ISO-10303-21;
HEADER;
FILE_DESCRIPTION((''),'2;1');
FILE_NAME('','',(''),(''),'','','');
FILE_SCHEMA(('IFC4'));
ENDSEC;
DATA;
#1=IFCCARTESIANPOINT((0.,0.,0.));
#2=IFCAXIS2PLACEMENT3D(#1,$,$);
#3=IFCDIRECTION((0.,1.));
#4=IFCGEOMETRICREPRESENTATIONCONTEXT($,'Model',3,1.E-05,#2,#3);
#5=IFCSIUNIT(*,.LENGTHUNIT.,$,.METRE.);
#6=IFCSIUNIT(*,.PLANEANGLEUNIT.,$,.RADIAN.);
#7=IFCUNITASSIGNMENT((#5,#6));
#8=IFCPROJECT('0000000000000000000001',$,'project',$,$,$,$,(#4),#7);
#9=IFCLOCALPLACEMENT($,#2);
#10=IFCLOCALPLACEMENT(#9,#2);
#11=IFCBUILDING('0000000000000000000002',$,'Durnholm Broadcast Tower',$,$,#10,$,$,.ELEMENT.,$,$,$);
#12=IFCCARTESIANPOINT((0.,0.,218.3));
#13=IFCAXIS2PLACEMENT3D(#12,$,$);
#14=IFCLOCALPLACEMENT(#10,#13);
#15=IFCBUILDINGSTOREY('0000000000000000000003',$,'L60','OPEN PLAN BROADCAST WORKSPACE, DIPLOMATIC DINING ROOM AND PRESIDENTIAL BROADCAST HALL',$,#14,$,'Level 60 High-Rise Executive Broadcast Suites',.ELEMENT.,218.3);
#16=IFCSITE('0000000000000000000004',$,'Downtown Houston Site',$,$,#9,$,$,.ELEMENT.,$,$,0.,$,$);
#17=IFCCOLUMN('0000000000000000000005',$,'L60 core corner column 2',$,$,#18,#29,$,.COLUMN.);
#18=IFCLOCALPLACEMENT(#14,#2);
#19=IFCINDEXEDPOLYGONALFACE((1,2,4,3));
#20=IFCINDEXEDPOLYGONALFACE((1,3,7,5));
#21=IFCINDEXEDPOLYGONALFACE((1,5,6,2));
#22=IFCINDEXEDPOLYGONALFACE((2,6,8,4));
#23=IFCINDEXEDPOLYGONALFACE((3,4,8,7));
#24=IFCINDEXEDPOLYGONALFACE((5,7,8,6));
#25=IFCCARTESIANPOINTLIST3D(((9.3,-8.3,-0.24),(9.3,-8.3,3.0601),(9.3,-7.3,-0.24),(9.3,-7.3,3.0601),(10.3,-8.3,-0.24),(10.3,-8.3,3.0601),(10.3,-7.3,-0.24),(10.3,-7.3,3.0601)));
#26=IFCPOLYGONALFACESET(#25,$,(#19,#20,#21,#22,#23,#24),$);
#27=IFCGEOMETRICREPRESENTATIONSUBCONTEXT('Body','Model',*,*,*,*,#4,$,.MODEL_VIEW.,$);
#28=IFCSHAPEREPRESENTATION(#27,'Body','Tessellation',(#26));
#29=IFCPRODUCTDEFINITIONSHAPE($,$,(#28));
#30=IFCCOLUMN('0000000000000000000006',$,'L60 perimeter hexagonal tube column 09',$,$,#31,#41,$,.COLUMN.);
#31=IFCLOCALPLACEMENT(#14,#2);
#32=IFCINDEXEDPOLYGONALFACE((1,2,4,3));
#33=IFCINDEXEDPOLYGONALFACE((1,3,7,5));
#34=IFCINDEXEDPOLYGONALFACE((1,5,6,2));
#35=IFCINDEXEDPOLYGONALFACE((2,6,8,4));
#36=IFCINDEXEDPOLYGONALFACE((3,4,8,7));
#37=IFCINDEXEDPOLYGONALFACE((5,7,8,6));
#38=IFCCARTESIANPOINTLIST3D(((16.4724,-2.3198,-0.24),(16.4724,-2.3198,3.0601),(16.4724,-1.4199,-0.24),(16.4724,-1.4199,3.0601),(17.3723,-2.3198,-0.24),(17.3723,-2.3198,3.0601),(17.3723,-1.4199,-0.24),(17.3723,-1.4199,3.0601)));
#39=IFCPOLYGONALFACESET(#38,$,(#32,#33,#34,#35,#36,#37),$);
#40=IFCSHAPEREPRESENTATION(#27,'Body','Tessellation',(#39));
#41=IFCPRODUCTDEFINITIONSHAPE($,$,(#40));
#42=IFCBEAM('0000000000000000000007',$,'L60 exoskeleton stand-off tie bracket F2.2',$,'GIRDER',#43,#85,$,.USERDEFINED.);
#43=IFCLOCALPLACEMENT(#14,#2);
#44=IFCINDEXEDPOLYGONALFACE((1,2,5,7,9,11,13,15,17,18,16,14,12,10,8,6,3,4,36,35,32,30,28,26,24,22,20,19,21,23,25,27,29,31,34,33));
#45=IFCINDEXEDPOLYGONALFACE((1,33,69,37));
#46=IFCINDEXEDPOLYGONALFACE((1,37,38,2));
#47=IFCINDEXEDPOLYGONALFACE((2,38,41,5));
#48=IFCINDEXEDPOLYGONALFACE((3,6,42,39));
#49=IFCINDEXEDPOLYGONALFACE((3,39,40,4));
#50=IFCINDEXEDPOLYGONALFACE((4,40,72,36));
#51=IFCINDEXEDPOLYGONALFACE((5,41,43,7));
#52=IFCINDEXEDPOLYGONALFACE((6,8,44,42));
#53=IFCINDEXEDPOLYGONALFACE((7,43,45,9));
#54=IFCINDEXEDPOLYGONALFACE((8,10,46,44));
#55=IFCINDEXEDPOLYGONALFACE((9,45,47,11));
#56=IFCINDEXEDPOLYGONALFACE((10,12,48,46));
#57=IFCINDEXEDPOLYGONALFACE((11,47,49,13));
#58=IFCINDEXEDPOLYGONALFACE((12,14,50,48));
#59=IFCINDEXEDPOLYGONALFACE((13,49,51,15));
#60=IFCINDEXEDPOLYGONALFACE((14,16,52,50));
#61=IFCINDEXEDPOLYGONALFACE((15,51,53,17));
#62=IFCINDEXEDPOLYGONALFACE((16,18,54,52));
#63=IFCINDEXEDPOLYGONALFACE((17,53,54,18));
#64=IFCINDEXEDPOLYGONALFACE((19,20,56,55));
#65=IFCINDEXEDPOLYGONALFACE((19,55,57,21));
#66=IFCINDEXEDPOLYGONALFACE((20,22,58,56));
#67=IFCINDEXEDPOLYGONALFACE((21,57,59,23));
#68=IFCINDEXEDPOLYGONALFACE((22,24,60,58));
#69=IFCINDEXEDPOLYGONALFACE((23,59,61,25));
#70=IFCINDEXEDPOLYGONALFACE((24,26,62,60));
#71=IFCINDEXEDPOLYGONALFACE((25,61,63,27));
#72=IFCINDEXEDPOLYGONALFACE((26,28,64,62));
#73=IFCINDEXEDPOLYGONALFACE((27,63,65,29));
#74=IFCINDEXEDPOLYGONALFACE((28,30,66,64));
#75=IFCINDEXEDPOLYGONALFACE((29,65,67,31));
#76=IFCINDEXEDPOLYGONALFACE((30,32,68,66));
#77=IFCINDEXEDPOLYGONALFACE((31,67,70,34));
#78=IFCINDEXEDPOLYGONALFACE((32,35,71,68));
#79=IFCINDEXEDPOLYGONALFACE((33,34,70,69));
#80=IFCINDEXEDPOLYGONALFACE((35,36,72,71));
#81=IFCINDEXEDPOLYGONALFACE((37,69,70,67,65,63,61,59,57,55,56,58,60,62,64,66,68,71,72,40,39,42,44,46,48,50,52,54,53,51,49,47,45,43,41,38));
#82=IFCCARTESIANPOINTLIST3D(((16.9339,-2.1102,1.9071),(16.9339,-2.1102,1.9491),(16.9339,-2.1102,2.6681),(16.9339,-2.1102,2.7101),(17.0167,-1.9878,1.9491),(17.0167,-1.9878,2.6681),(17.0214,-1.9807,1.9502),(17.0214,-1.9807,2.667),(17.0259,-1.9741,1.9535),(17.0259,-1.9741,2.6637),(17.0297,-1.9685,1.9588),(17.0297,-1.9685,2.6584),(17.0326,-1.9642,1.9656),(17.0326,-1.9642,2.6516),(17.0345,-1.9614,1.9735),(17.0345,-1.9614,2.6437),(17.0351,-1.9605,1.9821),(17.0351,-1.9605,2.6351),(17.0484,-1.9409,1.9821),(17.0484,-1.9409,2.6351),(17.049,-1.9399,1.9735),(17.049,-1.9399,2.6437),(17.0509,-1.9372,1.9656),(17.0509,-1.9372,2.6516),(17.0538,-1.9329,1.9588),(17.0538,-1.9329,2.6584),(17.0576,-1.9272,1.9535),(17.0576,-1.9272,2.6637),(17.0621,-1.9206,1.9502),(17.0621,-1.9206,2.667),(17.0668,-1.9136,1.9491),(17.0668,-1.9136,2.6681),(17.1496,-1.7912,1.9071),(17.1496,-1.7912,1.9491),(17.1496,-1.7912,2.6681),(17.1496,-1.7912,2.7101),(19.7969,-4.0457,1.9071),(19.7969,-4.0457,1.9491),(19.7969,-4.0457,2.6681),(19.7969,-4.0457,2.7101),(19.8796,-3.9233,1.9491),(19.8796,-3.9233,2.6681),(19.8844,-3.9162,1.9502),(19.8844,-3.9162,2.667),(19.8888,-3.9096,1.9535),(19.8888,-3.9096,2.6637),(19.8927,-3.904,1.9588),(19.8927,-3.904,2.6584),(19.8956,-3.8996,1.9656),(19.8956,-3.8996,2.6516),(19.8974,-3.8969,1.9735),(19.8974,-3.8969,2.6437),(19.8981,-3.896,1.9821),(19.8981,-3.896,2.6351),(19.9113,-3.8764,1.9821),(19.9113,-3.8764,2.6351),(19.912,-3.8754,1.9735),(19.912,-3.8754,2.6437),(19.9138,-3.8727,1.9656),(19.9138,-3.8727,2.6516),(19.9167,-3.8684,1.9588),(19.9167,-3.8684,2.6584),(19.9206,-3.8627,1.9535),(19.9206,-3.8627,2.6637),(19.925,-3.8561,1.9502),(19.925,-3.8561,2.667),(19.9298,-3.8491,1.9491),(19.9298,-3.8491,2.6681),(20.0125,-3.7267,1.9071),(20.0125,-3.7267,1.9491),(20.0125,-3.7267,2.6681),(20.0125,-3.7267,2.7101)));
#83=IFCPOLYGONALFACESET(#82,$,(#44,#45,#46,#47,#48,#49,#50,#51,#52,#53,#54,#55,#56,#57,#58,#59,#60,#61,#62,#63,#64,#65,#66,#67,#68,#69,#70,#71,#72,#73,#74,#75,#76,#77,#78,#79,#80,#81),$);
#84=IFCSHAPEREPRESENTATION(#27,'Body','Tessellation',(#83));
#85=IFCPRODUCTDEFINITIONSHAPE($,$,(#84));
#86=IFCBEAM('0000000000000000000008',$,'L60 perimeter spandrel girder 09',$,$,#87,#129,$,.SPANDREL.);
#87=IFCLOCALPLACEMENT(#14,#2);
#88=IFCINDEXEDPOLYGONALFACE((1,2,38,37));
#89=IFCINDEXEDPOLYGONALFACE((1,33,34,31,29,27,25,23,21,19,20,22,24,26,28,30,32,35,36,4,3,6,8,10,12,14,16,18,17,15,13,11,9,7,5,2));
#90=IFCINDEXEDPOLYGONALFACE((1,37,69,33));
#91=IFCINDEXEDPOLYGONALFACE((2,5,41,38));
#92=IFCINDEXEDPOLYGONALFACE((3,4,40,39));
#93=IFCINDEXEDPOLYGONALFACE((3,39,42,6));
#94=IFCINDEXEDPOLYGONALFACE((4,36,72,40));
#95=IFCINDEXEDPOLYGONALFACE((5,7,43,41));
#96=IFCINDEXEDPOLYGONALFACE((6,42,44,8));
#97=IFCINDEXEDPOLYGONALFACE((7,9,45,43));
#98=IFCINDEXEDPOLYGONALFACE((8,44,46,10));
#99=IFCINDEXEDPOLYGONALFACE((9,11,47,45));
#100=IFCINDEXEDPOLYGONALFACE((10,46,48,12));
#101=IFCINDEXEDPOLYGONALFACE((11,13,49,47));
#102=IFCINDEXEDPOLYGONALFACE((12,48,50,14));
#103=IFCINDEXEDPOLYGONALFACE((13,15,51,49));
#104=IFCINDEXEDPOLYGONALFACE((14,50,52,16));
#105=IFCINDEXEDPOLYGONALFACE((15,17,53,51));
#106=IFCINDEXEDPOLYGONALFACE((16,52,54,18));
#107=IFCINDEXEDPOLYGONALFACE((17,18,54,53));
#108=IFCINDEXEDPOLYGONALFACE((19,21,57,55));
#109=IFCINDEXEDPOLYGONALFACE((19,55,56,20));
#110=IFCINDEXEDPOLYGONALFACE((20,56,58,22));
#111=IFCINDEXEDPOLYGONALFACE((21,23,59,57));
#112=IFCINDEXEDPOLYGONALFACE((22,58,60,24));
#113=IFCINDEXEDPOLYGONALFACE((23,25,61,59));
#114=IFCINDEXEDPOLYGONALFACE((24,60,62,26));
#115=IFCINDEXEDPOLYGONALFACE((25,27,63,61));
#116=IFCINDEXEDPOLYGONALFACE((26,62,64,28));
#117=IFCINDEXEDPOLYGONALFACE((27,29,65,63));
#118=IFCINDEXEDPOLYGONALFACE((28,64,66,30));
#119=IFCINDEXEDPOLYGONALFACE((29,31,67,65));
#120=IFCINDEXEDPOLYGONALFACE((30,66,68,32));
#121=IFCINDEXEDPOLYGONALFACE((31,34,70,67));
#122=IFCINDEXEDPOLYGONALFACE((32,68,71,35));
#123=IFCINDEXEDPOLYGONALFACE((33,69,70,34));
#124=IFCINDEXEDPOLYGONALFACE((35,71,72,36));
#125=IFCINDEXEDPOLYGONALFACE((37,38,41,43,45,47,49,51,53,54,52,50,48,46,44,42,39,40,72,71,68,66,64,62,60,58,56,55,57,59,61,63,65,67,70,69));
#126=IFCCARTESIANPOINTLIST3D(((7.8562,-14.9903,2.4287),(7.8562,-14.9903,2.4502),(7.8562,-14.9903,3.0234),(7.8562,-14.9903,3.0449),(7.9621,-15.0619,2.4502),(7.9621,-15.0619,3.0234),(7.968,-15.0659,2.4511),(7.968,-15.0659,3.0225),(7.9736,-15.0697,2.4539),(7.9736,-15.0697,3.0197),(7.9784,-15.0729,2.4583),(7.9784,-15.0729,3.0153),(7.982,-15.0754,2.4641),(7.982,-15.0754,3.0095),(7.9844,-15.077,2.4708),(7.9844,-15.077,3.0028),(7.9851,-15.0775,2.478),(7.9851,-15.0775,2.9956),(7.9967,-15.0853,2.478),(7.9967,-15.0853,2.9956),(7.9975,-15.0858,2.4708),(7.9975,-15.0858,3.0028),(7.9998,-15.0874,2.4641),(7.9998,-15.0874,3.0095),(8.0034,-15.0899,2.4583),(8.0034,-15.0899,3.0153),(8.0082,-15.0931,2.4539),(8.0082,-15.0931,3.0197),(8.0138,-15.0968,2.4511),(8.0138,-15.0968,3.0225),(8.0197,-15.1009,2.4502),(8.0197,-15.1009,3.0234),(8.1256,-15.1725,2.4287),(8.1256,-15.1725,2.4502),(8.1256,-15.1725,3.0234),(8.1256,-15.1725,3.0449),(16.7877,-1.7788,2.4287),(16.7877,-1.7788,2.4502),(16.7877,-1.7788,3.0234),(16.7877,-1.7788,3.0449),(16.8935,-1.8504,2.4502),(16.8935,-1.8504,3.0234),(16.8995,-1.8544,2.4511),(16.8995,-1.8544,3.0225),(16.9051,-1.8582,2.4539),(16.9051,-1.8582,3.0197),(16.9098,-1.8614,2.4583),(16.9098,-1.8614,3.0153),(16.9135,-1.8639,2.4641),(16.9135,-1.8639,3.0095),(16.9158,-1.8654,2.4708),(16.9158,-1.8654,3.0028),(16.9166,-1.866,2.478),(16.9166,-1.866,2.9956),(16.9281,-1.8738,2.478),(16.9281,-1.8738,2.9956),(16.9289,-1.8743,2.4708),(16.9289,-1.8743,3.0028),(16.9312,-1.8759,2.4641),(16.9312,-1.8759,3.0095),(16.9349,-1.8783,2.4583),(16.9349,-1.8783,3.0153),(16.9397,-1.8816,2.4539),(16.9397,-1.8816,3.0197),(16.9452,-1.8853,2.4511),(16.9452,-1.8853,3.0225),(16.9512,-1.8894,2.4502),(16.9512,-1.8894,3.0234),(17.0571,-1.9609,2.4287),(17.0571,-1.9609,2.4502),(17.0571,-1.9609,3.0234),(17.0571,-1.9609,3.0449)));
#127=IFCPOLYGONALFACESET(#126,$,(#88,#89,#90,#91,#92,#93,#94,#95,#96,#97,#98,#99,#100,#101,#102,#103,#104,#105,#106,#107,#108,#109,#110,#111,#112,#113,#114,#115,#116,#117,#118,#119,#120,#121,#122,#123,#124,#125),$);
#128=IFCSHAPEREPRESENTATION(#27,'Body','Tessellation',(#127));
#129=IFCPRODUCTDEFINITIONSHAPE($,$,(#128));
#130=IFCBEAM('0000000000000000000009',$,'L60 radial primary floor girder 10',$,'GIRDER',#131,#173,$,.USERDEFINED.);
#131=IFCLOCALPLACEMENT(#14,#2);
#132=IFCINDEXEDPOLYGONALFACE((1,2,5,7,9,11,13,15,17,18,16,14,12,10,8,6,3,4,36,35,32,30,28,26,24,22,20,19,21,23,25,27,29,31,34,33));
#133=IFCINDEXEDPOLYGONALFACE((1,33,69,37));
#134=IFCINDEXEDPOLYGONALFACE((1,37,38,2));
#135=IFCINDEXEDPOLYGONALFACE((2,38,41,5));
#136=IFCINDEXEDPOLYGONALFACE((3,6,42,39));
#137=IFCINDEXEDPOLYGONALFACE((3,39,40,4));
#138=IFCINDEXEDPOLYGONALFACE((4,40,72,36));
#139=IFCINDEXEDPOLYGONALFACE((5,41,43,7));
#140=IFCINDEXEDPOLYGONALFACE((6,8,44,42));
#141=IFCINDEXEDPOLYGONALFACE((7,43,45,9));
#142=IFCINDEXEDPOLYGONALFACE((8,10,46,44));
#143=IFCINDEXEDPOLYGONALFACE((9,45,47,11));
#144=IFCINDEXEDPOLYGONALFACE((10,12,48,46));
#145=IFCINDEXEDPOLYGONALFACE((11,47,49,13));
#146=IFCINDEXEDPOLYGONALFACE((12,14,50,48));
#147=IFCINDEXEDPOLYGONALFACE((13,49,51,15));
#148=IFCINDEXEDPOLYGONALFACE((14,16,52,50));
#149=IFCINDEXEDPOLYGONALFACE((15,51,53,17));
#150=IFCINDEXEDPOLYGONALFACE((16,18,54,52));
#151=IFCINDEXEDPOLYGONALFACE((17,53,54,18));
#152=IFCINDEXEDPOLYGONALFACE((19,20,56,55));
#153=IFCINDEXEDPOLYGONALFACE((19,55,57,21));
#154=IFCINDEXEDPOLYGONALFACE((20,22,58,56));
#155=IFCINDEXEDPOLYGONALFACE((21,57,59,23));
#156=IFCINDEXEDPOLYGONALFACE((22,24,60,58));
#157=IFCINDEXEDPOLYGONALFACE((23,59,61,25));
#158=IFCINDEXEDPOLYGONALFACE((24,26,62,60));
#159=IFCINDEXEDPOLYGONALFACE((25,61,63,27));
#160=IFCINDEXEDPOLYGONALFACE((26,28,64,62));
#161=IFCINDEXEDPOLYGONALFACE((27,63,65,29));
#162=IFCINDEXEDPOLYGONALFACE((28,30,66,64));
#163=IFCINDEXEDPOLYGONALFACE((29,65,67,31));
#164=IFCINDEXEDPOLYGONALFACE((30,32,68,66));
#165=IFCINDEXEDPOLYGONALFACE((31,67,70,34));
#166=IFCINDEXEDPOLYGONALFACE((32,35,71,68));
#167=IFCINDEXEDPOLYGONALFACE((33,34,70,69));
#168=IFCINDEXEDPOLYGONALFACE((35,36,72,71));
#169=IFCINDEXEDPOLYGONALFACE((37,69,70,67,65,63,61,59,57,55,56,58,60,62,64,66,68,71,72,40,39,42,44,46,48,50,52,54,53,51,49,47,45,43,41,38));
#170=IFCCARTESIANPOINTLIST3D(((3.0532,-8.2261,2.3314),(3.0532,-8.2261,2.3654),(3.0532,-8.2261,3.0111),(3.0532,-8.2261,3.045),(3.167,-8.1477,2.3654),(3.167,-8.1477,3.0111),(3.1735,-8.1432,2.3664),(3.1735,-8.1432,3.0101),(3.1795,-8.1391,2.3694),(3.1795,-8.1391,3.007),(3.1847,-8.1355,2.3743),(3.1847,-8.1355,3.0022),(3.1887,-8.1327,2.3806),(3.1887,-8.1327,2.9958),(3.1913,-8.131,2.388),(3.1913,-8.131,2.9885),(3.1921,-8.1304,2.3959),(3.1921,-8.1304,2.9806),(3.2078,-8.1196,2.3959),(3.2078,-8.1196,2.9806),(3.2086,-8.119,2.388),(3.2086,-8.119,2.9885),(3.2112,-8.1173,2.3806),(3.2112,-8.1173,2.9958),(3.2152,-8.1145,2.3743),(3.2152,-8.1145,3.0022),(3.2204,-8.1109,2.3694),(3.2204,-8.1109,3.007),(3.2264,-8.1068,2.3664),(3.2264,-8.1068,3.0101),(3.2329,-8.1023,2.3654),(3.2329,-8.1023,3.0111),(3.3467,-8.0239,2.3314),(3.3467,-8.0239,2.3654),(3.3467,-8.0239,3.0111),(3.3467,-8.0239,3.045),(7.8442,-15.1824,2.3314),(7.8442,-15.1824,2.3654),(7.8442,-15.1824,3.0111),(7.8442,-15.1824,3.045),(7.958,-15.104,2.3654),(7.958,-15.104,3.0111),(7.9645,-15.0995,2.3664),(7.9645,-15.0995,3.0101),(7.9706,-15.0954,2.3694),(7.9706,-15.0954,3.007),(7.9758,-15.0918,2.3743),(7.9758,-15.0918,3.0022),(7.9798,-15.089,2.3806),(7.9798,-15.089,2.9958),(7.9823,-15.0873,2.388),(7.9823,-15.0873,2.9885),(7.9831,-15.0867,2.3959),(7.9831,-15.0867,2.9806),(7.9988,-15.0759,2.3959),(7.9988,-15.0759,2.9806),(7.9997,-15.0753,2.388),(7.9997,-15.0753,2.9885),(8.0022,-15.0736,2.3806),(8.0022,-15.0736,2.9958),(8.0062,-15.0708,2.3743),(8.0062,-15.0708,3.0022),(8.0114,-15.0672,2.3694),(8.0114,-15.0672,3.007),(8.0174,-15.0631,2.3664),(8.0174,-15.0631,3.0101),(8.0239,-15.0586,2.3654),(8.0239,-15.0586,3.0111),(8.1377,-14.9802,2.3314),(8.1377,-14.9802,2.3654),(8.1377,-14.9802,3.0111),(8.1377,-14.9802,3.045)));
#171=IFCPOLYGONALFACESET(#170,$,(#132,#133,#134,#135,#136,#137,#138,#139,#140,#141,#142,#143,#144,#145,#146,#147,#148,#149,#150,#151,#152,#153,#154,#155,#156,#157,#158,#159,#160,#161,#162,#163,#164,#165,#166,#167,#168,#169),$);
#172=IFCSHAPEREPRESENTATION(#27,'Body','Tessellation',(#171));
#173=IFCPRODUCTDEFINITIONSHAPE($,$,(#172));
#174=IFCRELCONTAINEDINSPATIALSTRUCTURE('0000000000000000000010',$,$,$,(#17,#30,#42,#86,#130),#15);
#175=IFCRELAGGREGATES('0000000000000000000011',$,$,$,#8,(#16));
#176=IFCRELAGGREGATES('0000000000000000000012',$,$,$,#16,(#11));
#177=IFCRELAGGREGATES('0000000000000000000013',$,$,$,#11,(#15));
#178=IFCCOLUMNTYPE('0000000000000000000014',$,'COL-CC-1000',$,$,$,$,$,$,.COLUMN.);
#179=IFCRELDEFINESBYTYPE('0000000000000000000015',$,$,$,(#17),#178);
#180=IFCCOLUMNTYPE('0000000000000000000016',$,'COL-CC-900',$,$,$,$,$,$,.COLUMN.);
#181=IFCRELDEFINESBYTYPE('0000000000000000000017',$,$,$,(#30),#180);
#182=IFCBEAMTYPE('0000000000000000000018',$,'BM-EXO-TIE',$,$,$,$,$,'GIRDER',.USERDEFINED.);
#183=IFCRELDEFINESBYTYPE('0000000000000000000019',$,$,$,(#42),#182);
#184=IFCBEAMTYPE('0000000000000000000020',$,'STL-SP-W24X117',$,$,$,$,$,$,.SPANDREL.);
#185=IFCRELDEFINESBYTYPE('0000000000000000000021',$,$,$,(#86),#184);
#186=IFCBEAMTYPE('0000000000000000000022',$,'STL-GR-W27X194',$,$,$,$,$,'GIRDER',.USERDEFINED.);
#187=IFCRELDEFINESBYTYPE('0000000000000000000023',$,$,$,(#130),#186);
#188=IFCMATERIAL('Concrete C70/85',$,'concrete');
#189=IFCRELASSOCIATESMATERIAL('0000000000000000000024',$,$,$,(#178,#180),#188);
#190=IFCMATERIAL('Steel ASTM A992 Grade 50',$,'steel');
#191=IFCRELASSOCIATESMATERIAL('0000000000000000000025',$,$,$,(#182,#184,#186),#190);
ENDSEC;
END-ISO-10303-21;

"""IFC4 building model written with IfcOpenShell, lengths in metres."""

from ifc_helpers import new_model, si_unit, direction, frame, origin, origin_2d, place, context, subcontext, project, spatial, rectangle, i_section, extrude, source, transform, mapped, material, material_profile, profile_set, type_object, type_shapes, element, save


model = new_model("IFC4")

# Units and contexts
model_context = context("Model", 3, precision=1e-05, world=origin(), true_north=direction((0.0, 1.0)))
body_context = subcontext(model_context, "Body", "Model", "MODEL_VIEW")
ifc_project = project(units=[si_unit("LENGTHUNIT", "METRE"), si_unit("PLANEANGLEUNIT", "RADIAN")], contexts=[model_context])

# Site, building, storey
site_placement = place(None, origin())
site = spatial("IfcSite", under=ifc_project, at=site_placement, Name="Downtown Houston Site", CompositionType="ELEMENT", RefElevation=0.0)
building_placement = place(site_placement, origin())
building = spatial("IfcBuilding", under=site, at=building_placement, Name="Durnholm Broadcast Tower", CompositionType="ELEMENT")
storey_placement = place(building_placement, frame((0.0, 0.0, 218.3)))
storey = spatial("IfcBuildingStorey", under=building, at=storey_placement, Name="L60", Description="OPEN PLAN BROADCAST WORKSPACE, DIPLOMATIC DINING ROOM AND PRESIDENTIAL BROADCAST HALL", LongName="Level 60 High-Rise Executive Broadcast Suites", CompositionType="ELEMENT", Elevation=218.3)

# Columns
ifc_material_1 = material(Name="Concrete C70/85", Category="concrete")
ifc_material_profile_1 = material_profile(ifc_material_1, rectangle(XDim=1.0, YDim=1.0, at=origin_2d()), Name="RC1000X1000")
ifc_profile_set_1 = profile_set([ifc_material_profile_1], Name="Concrete C70/85")
column_type_1 = type_object("IfcColumnType", Name="COL-CC-1000", PredefinedType="COLUMN", material=ifc_profile_set_1)
shared_shape_1 = source(origin(), body_context, "Body", "SweptSolid", [
    extrude(rectangle(XDim=1.0, YDim=1.0, at=origin_2d()), origin(), (0.0, 0.0, 1.0), 3.3),
])
type_shapes(column_type_1, [shared_shape_1])
column_1_placement = place(storey_placement, frame((9.8, -7.8, -0.24), z_axis=(0.0, 0.0, 1.0), x_axis=(1.0, 0.0, 0.0)))
element("IfcColumn", 1, at=column_1_placement, inside=storey, type_object=column_type_1, Name="L60 core corner column 2", PredefinedType="COLUMN", context=body_context, shape_type="MappedRepresentation", body=[
    mapped(shared_shape_1, transform((0.0, 0.0, 0.0), x_axis=(1.0, 0.0, 0.0), y_axis=(0.0, 1.0, 0.0), z_axis=(0.0, 0.0, 1.0), scale=1.0)),
])
ifc_material_profile_2 = material_profile(ifc_material_1, rectangle(XDim=0.8999, YDim=0.8999, at=origin_2d()), Name="RC900X900")
ifc_profile_set_2 = profile_set([ifc_material_profile_2], Name="Concrete C70/85")
column_type_2 = type_object("IfcColumnType", Name="COL-CC-900", PredefinedType="COLUMN", material=ifc_profile_set_2)
shared_shape_2 = source(origin(), body_context, "Body", "SweptSolid", [
    extrude(rectangle(XDim=0.8999, YDim=0.8999, at=origin_2d()), origin(), (0.0, 0.0, 1.0), 3.3),
])
type_shapes(column_type_2, [shared_shape_2])
column_2_placement = place(storey_placement, frame((16.9224, -1.8699, -0.24), z_axis=(0.0, 0.0, 1.0), x_axis=(1.0, 0.0, 0.0)))
element("IfcColumn", 2, at=column_2_placement, inside=storey, type_object=column_type_2, Name="L60 perimeter hexagonal tube column 09", PredefinedType="COLUMN", context=body_context, shape_type="MappedRepresentation", body=[
    mapped(shared_shape_2, transform((0.0, 0.0, 0.0), x_axis=(1.0, 0.0, 0.0), y_axis=(0.0, 1.0, 0.0), z_axis=(0.0, 0.0, 1.0), scale=1.0)),
])

# Beams
ifc_material_2 = material(Name="Steel ASTM A992 Grade 50", Category="steel")
ifc_material_profile_3 = material_profile(ifc_material_2, i_section(OverallWidth=0.385, OverallDepth=0.803, WebThickness=0.0237, FlangeThickness=0.042, FilletRadius=0.033, at=origin_2d()), Name="W30X261")
ifc_profile_set_3 = profile_set([ifc_material_profile_3], Name="Steel ASTM A992 Grade 50")
beam_type_1 = type_object("IfcBeamType", Name="BM-EXO-TIE", ElementType="GIRDER", PredefinedType="USERDEFINED", material=ifc_profile_set_3)
shared_shape_3 = source(origin(), body_context, "Body", "SweptSolid", [
    extrude(i_section(OverallWidth=0.385, OverallDepth=0.803, WebThickness=0.0237, FlangeThickness=0.042, FilletRadius=0.033, at=origin_2d()), origin(), (0.0, 0.0, 1.0), 3.4558),
])
type_shapes(beam_type_1, [shared_shape_3])
beam_1_placement = place(storey_placement, frame((17.0417, -1.9507, 2.3086), z_axis=(0.828446, -0.560068, 0.0), x_axis=(0.560068, 0.828446, 0.0)))
element("IfcBeam", 3, at=beam_1_placement, inside=storey, type_object=beam_type_1, Name="L60 exoskeleton stand-off tie bracket F2.2", ObjectType="GIRDER", PredefinedType="USERDEFINED", context=body_context, shape_type="MappedRepresentation", body=[
    mapped(shared_shape_3, transform((0.0, 0.0, 0.0), x_axis=(1.0, 0.0, 0.0), y_axis=(0.0, 1.0, 0.0), z_axis=(0.0, 0.0, 1.0), scale=1.0)),
])
ifc_material_profile_4 = material_profile(ifc_material_2, i_section(OverallWidth=0.3252, OverallDepth=0.6162, WebThickness=0.0139, FlangeThickness=0.0215, FilletRadius=0.0278, at=origin_2d()), Name="W24X117")
ifc_profile_set_4 = profile_set([ifc_material_profile_4], Name="Steel ASTM A992 Grade 50")
beam_type_2 = type_object("IfcBeamType", Name="STL-SP-W24X117", PredefinedType="SPANDREL", material=ifc_profile_set_4)
shared_shape_4 = source(origin(), body_context, "Body", "SweptSolid", [
    extrude(i_section(OverallWidth=0.3252, OverallDepth=0.6162, WebThickness=0.0139, FlangeThickness=0.0215, FilletRadius=0.0278, at=origin_2d()), origin(), (0.0, 0.0, 1.0), 15.9473),
])
type_shapes(beam_type_2, [shared_shape_4])
beam_2_placement = place(storey_placement, frame((16.9224, -1.8699, 2.7368), z_axis=(-0.560062, -0.828451, 0.0), x_axis=(0.828451, -0.560062, 0.0)))
element("IfcBeam", 4, at=beam_2_placement, inside=storey, type_object=beam_type_2, Name="L60 perimeter spandrel girder 09", PredefinedType="SPANDREL", context=body_context, shape_type="MappedRepresentation", body=[
    mapped(shared_shape_4, transform((0.0, 0.0, 0.0), x_axis=(1.0, 0.0, 0.0), y_axis=(0.0, 1.0, 0.0), z_axis=(0.0, 0.0, 1.0), scale=1.0)),
])
ifc_material_profile_5 = material_profile(ifc_material_2, i_section(OverallWidth=0.3564, OverallDepth=0.7136, WebThickness=0.019, FlangeThickness=0.0339, FilletRadius=0.0305, at=origin_2d()), Name="W27X194")
ifc_profile_set_5 = profile_set([ifc_material_profile_5], Name="Steel ASTM A992 Grade 50")
beam_type_3 = type_object("IfcBeamType", Name="STL-GR-W27X194", ElementType="GIRDER", PredefinedType="USERDEFINED", material=ifc_profile_set_5)
shared_shape_5 = source(origin(), body_context, "Body", "SweptSolid", [
    extrude(i_section(OverallWidth=0.3564, OverallDepth=0.7136, WebThickness=0.019, FlangeThickness=0.0339, FilletRadius=0.0305, at=origin_2d()), origin(), (0.0, 0.0, 1.0), 8.4465),
])
beam_3_placement = place(storey_placement, frame((3.2, -8.125, 2.6882), z_axis=(0.567217, -0.823569, 0.0), x_axis=(0.823569, 0.567217, 0.0)))
element("IfcBeam", 5, at=beam_3_placement, inside=storey, type_object=beam_type_3, Name="L60 radial primary floor girder 10", ObjectType="GIRDER", PredefinedType="USERDEFINED", context=body_context, shape_type="MappedRepresentation", body=[
    mapped(shared_shape_5, transform((0.0, 0.0, 0.0), x_axis=(1.0, 0.0, 0.0), y_axis=(0.0, 1.0, 0.0), z_axis=(0.0, 0.0, 1.0), scale=1.0)),
])

save(model, "model.ifc")
